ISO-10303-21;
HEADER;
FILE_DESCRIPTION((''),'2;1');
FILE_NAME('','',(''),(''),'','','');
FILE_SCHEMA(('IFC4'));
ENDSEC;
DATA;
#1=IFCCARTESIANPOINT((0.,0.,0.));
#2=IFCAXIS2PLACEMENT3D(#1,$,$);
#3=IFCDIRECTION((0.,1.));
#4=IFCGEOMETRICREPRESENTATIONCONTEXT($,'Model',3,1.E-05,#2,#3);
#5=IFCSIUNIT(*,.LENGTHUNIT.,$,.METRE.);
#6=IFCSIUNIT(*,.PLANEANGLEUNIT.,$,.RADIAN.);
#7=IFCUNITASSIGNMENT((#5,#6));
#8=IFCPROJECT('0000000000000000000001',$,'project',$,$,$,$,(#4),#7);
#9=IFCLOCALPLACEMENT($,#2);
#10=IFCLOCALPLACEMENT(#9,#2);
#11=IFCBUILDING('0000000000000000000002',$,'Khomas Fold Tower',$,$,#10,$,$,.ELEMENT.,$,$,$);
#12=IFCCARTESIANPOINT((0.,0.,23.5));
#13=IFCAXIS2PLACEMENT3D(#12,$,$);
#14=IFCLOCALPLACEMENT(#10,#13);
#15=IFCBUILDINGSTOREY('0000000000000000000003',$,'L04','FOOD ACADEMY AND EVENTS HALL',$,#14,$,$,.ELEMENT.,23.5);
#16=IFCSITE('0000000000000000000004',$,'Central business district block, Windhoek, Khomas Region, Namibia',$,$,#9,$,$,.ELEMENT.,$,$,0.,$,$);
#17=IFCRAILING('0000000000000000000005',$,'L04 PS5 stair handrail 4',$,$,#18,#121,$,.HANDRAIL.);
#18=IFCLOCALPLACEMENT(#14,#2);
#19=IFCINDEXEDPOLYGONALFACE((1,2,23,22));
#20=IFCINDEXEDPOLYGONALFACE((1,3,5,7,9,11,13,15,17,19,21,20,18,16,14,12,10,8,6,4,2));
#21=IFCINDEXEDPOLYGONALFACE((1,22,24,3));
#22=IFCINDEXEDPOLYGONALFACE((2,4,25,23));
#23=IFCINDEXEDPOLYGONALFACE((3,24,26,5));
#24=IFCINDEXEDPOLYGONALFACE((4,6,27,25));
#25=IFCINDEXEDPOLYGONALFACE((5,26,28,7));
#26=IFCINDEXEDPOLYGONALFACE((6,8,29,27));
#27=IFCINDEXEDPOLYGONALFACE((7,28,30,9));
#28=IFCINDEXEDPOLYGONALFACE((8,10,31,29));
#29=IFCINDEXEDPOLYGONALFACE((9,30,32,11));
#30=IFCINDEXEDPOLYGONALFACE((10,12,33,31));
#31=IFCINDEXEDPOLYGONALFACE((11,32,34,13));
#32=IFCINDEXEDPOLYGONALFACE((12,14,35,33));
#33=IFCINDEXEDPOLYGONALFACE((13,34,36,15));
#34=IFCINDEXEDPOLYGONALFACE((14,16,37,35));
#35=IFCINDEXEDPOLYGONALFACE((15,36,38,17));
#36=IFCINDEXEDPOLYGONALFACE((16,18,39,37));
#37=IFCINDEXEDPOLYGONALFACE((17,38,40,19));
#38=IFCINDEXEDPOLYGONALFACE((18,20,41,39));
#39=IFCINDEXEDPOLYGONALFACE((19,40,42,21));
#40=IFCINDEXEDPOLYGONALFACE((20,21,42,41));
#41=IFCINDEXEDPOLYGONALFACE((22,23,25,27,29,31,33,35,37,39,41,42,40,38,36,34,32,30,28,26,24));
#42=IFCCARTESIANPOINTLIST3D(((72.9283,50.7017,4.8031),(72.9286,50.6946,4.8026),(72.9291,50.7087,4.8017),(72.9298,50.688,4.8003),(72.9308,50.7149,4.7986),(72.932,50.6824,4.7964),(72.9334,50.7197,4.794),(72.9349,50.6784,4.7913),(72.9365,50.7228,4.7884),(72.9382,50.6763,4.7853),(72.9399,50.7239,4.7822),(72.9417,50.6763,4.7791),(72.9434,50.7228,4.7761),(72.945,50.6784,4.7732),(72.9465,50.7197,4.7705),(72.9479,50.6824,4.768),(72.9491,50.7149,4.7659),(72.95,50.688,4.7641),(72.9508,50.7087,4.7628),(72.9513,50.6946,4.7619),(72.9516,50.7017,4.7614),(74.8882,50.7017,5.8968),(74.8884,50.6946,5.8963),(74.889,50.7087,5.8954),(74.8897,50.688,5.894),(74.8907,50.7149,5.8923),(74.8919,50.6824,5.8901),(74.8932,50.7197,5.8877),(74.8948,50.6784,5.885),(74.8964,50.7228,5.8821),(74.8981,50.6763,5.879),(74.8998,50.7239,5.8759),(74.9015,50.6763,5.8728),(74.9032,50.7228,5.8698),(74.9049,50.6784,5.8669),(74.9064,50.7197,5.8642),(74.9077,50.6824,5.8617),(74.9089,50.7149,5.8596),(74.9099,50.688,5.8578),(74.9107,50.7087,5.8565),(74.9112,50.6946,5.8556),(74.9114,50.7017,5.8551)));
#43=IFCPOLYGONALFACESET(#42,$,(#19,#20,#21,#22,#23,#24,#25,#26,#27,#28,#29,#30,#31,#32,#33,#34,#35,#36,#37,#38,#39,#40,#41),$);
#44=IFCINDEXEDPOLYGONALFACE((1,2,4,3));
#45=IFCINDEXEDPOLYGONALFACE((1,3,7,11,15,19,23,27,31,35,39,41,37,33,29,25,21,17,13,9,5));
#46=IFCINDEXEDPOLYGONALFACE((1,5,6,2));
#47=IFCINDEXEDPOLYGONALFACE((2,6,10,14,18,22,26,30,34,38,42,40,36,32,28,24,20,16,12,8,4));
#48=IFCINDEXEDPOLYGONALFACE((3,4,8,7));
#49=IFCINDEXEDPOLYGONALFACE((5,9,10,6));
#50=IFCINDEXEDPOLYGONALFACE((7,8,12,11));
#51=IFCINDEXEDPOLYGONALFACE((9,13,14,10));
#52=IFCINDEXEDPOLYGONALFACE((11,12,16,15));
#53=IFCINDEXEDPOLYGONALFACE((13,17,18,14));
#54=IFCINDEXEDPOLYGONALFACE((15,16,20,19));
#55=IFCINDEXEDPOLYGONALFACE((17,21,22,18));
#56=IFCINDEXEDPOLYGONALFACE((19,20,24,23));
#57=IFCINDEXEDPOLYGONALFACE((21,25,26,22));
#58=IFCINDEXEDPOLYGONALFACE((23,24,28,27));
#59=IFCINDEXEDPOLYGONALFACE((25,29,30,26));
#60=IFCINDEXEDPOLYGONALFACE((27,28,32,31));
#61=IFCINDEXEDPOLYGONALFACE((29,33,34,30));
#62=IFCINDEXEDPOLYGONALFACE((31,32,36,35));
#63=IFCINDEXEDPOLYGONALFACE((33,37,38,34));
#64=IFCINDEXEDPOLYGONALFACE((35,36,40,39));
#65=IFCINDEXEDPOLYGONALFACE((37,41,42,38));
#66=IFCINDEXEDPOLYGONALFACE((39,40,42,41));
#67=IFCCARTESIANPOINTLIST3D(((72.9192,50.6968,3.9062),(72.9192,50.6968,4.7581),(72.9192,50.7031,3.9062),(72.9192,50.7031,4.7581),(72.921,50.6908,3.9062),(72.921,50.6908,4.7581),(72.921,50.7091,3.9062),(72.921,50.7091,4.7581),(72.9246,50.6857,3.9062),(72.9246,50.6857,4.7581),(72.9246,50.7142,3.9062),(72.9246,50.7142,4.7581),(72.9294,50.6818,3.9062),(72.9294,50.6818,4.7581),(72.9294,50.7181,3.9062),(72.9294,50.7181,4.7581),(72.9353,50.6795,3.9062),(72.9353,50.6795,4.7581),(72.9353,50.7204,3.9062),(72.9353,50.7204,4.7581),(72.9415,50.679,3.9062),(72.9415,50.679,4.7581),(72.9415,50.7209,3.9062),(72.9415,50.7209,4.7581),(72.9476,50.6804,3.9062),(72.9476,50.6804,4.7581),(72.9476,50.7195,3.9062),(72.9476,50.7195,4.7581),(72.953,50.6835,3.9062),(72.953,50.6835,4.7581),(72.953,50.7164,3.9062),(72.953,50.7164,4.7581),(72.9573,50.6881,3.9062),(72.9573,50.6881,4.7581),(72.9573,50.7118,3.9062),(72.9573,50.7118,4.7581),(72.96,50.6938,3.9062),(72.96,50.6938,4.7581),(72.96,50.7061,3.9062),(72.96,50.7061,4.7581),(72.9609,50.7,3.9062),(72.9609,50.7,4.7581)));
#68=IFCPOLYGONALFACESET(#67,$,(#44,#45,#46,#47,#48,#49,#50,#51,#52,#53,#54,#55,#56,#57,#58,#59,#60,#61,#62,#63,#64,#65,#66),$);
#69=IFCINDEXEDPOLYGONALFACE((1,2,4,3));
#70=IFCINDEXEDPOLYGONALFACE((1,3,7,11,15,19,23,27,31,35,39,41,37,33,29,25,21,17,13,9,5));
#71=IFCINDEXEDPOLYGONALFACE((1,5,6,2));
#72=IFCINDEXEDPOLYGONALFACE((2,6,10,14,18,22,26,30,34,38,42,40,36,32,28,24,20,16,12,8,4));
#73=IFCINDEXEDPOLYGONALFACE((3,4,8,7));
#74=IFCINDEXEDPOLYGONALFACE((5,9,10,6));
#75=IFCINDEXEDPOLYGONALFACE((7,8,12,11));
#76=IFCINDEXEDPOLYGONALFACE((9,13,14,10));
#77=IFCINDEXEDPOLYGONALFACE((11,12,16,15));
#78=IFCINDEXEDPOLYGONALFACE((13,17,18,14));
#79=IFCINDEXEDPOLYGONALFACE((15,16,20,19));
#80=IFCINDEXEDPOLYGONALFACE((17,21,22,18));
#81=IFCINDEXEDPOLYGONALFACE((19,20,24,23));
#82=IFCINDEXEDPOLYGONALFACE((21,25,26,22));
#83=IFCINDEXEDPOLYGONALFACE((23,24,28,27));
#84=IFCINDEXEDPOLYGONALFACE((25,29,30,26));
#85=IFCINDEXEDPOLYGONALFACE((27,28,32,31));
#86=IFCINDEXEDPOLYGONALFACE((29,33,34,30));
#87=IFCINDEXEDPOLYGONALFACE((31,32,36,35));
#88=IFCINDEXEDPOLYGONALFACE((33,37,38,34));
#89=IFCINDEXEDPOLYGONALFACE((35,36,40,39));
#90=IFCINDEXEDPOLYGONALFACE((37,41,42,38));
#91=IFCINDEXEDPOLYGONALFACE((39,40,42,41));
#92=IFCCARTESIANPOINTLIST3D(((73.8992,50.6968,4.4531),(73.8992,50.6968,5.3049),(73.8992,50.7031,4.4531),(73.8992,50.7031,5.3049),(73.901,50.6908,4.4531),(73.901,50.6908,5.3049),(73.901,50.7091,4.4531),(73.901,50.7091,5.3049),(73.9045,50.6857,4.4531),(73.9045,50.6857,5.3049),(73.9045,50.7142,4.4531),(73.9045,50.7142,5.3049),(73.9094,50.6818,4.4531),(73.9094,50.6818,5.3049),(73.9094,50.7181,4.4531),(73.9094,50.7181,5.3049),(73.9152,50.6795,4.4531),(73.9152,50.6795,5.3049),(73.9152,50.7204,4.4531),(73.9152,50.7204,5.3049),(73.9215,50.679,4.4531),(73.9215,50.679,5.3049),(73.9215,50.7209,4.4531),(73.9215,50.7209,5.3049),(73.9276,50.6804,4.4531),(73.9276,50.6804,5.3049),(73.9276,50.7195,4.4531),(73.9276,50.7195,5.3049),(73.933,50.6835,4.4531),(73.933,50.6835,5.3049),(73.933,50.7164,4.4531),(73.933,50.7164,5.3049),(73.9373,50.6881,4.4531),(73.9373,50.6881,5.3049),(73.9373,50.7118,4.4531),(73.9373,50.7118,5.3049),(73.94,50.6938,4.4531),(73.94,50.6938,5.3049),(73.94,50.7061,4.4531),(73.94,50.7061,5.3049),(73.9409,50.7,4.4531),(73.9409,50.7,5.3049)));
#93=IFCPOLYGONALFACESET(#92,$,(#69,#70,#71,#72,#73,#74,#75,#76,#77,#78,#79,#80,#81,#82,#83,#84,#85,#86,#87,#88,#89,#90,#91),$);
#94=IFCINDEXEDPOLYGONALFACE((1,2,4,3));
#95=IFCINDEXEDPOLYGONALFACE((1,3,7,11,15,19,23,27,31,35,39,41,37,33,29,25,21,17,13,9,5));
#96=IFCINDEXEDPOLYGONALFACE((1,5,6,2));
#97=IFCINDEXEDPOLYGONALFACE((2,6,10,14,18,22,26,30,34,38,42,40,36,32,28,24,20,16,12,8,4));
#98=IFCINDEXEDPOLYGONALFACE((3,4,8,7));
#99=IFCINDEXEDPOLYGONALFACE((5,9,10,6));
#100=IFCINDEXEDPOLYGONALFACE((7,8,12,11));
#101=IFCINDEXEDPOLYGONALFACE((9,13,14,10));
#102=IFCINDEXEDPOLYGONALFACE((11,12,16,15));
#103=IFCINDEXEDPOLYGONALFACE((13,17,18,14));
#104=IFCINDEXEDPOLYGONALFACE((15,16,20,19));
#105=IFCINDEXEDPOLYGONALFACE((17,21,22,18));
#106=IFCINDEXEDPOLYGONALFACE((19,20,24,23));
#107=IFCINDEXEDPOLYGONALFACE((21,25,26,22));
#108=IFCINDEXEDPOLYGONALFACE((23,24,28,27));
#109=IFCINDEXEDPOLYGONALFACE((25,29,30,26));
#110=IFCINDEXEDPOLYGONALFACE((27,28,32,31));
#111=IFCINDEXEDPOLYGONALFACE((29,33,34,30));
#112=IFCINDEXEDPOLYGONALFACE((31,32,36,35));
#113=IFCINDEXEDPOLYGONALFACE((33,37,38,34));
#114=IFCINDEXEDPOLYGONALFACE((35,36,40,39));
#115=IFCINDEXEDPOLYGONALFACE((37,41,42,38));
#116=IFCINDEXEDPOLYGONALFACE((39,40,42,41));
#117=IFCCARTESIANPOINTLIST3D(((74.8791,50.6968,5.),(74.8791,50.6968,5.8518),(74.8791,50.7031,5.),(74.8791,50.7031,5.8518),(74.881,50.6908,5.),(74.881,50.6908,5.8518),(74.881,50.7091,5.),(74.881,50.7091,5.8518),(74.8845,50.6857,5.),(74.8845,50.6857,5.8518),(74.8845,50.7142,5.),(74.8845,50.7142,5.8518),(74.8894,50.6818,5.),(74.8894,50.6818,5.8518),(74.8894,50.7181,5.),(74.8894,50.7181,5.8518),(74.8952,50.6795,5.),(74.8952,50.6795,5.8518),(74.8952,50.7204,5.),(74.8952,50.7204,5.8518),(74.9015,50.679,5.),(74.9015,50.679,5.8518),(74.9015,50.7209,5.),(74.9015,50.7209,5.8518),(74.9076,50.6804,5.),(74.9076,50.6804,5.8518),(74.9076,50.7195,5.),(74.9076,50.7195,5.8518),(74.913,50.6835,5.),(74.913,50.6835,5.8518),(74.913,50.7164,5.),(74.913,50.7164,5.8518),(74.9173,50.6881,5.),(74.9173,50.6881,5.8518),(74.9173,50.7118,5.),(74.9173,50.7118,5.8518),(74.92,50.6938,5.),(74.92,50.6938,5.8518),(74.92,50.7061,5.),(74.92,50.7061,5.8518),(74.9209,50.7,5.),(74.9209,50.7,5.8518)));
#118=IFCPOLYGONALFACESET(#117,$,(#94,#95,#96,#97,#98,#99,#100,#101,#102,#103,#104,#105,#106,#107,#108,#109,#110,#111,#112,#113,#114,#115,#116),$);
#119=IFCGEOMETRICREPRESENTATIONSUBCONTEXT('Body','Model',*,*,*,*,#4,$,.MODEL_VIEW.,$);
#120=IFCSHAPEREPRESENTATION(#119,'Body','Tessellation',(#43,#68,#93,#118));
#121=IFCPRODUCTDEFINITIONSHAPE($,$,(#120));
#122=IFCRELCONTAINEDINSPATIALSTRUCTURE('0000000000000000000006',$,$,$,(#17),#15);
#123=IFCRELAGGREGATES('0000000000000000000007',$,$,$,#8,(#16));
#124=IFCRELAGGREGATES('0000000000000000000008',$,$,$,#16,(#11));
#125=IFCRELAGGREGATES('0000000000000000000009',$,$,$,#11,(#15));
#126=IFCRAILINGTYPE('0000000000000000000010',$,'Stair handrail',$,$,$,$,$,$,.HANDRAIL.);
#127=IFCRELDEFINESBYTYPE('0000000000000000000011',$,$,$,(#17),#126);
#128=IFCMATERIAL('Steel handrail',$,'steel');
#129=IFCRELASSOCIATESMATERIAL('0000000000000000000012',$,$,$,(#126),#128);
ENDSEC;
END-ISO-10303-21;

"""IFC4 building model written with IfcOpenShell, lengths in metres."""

from ifc_helpers import new_model, si_unit, direction, frame, origin, origin_2d, place, context, subcontext, project, spatial, circle, extrude, source, transform, mapped, material, type_object, element, save


model = new_model("IFC4")

# Units and contexts
model_context = context("Model", 3, precision=1e-05, world=origin(), true_north=direction((0.0, 1.0)))
body_context = subcontext(model_context, "Body", "Model", "MODEL_VIEW")
ifc_project = project(units=[si_unit("LENGTHUNIT", "METRE"), si_unit("PLANEANGLEUNIT", "RADIAN")], contexts=[model_context])

# Site, building, storey
site_placement = place(None, origin())
site = spatial("IfcSite", under=ifc_project, at=site_placement, Name="Central business district block, Windhoek, Khomas Region, Namibia", CompositionType="ELEMENT", RefElevation=0.0)
building_placement = place(site_placement, origin())
building = spatial("IfcBuilding", under=site, at=building_placement, Name="Khomas Fold Tower", CompositionType="ELEMENT")
storey_placement = place(building_placement, frame((0.0, 0.0, 23.5)))
storey = spatial("IfcBuildingStorey", under=building, at=storey_placement, Name="L04", Description="FOOD ACADEMY AND EVENTS HALL", CompositionType="ELEMENT", Elevation=23.5)

# Railing
ifc_material_1 = material(Name="Steel handrail", Category="steel")
railing_type_1 = type_object("IfcRailingType", Name="Stair handrail", PredefinedType="HANDRAIL", material=ifc_material_1)
shared_shape_1 = source(origin(), body_context, "Body", "SweptSolid", [
    extrude(circle(Radius=0.0239, at=origin_2d()), frame((0.0, 0.0, 0.876), z_axis=(0.873232, 0.0, 0.487304), x_axis=(0.0, 1.0, 0.0)), (0.0, 0.0, 1.0), 2.2444),
    extrude(circle(Radius=0.021, at=origin_2d()), origin(), (0.0, 0.0, 1.0), 0.8518),
    extrude(circle(Radius=0.021, at=origin_2d()), frame((0.98, 0.0, 0.5469)), (0.0, 0.0, 1.0), 0.8518),
    extrude(circle(Radius=0.021, at=origin_2d()), frame((1.96, 0.0, 1.0938)), (0.0, 0.0, 1.0), 0.8518),
])
for number, where, name in (
    (1, (72.9399, 50.7, 3.9062), "L04 PS5 stair handrail 4"),
):
    element("IfcRailing", number, at=place(storey_placement, frame(where)), inside=storey, type_object=railing_type_1, Name=name, PredefinedType="HANDRAIL", context=body_context, shape_type="MappedRepresentation", body=[
        mapped(shared_shape_1, transform((0.0, 0.0, 0.0))),
    ])

save(model, "model.ifc")
